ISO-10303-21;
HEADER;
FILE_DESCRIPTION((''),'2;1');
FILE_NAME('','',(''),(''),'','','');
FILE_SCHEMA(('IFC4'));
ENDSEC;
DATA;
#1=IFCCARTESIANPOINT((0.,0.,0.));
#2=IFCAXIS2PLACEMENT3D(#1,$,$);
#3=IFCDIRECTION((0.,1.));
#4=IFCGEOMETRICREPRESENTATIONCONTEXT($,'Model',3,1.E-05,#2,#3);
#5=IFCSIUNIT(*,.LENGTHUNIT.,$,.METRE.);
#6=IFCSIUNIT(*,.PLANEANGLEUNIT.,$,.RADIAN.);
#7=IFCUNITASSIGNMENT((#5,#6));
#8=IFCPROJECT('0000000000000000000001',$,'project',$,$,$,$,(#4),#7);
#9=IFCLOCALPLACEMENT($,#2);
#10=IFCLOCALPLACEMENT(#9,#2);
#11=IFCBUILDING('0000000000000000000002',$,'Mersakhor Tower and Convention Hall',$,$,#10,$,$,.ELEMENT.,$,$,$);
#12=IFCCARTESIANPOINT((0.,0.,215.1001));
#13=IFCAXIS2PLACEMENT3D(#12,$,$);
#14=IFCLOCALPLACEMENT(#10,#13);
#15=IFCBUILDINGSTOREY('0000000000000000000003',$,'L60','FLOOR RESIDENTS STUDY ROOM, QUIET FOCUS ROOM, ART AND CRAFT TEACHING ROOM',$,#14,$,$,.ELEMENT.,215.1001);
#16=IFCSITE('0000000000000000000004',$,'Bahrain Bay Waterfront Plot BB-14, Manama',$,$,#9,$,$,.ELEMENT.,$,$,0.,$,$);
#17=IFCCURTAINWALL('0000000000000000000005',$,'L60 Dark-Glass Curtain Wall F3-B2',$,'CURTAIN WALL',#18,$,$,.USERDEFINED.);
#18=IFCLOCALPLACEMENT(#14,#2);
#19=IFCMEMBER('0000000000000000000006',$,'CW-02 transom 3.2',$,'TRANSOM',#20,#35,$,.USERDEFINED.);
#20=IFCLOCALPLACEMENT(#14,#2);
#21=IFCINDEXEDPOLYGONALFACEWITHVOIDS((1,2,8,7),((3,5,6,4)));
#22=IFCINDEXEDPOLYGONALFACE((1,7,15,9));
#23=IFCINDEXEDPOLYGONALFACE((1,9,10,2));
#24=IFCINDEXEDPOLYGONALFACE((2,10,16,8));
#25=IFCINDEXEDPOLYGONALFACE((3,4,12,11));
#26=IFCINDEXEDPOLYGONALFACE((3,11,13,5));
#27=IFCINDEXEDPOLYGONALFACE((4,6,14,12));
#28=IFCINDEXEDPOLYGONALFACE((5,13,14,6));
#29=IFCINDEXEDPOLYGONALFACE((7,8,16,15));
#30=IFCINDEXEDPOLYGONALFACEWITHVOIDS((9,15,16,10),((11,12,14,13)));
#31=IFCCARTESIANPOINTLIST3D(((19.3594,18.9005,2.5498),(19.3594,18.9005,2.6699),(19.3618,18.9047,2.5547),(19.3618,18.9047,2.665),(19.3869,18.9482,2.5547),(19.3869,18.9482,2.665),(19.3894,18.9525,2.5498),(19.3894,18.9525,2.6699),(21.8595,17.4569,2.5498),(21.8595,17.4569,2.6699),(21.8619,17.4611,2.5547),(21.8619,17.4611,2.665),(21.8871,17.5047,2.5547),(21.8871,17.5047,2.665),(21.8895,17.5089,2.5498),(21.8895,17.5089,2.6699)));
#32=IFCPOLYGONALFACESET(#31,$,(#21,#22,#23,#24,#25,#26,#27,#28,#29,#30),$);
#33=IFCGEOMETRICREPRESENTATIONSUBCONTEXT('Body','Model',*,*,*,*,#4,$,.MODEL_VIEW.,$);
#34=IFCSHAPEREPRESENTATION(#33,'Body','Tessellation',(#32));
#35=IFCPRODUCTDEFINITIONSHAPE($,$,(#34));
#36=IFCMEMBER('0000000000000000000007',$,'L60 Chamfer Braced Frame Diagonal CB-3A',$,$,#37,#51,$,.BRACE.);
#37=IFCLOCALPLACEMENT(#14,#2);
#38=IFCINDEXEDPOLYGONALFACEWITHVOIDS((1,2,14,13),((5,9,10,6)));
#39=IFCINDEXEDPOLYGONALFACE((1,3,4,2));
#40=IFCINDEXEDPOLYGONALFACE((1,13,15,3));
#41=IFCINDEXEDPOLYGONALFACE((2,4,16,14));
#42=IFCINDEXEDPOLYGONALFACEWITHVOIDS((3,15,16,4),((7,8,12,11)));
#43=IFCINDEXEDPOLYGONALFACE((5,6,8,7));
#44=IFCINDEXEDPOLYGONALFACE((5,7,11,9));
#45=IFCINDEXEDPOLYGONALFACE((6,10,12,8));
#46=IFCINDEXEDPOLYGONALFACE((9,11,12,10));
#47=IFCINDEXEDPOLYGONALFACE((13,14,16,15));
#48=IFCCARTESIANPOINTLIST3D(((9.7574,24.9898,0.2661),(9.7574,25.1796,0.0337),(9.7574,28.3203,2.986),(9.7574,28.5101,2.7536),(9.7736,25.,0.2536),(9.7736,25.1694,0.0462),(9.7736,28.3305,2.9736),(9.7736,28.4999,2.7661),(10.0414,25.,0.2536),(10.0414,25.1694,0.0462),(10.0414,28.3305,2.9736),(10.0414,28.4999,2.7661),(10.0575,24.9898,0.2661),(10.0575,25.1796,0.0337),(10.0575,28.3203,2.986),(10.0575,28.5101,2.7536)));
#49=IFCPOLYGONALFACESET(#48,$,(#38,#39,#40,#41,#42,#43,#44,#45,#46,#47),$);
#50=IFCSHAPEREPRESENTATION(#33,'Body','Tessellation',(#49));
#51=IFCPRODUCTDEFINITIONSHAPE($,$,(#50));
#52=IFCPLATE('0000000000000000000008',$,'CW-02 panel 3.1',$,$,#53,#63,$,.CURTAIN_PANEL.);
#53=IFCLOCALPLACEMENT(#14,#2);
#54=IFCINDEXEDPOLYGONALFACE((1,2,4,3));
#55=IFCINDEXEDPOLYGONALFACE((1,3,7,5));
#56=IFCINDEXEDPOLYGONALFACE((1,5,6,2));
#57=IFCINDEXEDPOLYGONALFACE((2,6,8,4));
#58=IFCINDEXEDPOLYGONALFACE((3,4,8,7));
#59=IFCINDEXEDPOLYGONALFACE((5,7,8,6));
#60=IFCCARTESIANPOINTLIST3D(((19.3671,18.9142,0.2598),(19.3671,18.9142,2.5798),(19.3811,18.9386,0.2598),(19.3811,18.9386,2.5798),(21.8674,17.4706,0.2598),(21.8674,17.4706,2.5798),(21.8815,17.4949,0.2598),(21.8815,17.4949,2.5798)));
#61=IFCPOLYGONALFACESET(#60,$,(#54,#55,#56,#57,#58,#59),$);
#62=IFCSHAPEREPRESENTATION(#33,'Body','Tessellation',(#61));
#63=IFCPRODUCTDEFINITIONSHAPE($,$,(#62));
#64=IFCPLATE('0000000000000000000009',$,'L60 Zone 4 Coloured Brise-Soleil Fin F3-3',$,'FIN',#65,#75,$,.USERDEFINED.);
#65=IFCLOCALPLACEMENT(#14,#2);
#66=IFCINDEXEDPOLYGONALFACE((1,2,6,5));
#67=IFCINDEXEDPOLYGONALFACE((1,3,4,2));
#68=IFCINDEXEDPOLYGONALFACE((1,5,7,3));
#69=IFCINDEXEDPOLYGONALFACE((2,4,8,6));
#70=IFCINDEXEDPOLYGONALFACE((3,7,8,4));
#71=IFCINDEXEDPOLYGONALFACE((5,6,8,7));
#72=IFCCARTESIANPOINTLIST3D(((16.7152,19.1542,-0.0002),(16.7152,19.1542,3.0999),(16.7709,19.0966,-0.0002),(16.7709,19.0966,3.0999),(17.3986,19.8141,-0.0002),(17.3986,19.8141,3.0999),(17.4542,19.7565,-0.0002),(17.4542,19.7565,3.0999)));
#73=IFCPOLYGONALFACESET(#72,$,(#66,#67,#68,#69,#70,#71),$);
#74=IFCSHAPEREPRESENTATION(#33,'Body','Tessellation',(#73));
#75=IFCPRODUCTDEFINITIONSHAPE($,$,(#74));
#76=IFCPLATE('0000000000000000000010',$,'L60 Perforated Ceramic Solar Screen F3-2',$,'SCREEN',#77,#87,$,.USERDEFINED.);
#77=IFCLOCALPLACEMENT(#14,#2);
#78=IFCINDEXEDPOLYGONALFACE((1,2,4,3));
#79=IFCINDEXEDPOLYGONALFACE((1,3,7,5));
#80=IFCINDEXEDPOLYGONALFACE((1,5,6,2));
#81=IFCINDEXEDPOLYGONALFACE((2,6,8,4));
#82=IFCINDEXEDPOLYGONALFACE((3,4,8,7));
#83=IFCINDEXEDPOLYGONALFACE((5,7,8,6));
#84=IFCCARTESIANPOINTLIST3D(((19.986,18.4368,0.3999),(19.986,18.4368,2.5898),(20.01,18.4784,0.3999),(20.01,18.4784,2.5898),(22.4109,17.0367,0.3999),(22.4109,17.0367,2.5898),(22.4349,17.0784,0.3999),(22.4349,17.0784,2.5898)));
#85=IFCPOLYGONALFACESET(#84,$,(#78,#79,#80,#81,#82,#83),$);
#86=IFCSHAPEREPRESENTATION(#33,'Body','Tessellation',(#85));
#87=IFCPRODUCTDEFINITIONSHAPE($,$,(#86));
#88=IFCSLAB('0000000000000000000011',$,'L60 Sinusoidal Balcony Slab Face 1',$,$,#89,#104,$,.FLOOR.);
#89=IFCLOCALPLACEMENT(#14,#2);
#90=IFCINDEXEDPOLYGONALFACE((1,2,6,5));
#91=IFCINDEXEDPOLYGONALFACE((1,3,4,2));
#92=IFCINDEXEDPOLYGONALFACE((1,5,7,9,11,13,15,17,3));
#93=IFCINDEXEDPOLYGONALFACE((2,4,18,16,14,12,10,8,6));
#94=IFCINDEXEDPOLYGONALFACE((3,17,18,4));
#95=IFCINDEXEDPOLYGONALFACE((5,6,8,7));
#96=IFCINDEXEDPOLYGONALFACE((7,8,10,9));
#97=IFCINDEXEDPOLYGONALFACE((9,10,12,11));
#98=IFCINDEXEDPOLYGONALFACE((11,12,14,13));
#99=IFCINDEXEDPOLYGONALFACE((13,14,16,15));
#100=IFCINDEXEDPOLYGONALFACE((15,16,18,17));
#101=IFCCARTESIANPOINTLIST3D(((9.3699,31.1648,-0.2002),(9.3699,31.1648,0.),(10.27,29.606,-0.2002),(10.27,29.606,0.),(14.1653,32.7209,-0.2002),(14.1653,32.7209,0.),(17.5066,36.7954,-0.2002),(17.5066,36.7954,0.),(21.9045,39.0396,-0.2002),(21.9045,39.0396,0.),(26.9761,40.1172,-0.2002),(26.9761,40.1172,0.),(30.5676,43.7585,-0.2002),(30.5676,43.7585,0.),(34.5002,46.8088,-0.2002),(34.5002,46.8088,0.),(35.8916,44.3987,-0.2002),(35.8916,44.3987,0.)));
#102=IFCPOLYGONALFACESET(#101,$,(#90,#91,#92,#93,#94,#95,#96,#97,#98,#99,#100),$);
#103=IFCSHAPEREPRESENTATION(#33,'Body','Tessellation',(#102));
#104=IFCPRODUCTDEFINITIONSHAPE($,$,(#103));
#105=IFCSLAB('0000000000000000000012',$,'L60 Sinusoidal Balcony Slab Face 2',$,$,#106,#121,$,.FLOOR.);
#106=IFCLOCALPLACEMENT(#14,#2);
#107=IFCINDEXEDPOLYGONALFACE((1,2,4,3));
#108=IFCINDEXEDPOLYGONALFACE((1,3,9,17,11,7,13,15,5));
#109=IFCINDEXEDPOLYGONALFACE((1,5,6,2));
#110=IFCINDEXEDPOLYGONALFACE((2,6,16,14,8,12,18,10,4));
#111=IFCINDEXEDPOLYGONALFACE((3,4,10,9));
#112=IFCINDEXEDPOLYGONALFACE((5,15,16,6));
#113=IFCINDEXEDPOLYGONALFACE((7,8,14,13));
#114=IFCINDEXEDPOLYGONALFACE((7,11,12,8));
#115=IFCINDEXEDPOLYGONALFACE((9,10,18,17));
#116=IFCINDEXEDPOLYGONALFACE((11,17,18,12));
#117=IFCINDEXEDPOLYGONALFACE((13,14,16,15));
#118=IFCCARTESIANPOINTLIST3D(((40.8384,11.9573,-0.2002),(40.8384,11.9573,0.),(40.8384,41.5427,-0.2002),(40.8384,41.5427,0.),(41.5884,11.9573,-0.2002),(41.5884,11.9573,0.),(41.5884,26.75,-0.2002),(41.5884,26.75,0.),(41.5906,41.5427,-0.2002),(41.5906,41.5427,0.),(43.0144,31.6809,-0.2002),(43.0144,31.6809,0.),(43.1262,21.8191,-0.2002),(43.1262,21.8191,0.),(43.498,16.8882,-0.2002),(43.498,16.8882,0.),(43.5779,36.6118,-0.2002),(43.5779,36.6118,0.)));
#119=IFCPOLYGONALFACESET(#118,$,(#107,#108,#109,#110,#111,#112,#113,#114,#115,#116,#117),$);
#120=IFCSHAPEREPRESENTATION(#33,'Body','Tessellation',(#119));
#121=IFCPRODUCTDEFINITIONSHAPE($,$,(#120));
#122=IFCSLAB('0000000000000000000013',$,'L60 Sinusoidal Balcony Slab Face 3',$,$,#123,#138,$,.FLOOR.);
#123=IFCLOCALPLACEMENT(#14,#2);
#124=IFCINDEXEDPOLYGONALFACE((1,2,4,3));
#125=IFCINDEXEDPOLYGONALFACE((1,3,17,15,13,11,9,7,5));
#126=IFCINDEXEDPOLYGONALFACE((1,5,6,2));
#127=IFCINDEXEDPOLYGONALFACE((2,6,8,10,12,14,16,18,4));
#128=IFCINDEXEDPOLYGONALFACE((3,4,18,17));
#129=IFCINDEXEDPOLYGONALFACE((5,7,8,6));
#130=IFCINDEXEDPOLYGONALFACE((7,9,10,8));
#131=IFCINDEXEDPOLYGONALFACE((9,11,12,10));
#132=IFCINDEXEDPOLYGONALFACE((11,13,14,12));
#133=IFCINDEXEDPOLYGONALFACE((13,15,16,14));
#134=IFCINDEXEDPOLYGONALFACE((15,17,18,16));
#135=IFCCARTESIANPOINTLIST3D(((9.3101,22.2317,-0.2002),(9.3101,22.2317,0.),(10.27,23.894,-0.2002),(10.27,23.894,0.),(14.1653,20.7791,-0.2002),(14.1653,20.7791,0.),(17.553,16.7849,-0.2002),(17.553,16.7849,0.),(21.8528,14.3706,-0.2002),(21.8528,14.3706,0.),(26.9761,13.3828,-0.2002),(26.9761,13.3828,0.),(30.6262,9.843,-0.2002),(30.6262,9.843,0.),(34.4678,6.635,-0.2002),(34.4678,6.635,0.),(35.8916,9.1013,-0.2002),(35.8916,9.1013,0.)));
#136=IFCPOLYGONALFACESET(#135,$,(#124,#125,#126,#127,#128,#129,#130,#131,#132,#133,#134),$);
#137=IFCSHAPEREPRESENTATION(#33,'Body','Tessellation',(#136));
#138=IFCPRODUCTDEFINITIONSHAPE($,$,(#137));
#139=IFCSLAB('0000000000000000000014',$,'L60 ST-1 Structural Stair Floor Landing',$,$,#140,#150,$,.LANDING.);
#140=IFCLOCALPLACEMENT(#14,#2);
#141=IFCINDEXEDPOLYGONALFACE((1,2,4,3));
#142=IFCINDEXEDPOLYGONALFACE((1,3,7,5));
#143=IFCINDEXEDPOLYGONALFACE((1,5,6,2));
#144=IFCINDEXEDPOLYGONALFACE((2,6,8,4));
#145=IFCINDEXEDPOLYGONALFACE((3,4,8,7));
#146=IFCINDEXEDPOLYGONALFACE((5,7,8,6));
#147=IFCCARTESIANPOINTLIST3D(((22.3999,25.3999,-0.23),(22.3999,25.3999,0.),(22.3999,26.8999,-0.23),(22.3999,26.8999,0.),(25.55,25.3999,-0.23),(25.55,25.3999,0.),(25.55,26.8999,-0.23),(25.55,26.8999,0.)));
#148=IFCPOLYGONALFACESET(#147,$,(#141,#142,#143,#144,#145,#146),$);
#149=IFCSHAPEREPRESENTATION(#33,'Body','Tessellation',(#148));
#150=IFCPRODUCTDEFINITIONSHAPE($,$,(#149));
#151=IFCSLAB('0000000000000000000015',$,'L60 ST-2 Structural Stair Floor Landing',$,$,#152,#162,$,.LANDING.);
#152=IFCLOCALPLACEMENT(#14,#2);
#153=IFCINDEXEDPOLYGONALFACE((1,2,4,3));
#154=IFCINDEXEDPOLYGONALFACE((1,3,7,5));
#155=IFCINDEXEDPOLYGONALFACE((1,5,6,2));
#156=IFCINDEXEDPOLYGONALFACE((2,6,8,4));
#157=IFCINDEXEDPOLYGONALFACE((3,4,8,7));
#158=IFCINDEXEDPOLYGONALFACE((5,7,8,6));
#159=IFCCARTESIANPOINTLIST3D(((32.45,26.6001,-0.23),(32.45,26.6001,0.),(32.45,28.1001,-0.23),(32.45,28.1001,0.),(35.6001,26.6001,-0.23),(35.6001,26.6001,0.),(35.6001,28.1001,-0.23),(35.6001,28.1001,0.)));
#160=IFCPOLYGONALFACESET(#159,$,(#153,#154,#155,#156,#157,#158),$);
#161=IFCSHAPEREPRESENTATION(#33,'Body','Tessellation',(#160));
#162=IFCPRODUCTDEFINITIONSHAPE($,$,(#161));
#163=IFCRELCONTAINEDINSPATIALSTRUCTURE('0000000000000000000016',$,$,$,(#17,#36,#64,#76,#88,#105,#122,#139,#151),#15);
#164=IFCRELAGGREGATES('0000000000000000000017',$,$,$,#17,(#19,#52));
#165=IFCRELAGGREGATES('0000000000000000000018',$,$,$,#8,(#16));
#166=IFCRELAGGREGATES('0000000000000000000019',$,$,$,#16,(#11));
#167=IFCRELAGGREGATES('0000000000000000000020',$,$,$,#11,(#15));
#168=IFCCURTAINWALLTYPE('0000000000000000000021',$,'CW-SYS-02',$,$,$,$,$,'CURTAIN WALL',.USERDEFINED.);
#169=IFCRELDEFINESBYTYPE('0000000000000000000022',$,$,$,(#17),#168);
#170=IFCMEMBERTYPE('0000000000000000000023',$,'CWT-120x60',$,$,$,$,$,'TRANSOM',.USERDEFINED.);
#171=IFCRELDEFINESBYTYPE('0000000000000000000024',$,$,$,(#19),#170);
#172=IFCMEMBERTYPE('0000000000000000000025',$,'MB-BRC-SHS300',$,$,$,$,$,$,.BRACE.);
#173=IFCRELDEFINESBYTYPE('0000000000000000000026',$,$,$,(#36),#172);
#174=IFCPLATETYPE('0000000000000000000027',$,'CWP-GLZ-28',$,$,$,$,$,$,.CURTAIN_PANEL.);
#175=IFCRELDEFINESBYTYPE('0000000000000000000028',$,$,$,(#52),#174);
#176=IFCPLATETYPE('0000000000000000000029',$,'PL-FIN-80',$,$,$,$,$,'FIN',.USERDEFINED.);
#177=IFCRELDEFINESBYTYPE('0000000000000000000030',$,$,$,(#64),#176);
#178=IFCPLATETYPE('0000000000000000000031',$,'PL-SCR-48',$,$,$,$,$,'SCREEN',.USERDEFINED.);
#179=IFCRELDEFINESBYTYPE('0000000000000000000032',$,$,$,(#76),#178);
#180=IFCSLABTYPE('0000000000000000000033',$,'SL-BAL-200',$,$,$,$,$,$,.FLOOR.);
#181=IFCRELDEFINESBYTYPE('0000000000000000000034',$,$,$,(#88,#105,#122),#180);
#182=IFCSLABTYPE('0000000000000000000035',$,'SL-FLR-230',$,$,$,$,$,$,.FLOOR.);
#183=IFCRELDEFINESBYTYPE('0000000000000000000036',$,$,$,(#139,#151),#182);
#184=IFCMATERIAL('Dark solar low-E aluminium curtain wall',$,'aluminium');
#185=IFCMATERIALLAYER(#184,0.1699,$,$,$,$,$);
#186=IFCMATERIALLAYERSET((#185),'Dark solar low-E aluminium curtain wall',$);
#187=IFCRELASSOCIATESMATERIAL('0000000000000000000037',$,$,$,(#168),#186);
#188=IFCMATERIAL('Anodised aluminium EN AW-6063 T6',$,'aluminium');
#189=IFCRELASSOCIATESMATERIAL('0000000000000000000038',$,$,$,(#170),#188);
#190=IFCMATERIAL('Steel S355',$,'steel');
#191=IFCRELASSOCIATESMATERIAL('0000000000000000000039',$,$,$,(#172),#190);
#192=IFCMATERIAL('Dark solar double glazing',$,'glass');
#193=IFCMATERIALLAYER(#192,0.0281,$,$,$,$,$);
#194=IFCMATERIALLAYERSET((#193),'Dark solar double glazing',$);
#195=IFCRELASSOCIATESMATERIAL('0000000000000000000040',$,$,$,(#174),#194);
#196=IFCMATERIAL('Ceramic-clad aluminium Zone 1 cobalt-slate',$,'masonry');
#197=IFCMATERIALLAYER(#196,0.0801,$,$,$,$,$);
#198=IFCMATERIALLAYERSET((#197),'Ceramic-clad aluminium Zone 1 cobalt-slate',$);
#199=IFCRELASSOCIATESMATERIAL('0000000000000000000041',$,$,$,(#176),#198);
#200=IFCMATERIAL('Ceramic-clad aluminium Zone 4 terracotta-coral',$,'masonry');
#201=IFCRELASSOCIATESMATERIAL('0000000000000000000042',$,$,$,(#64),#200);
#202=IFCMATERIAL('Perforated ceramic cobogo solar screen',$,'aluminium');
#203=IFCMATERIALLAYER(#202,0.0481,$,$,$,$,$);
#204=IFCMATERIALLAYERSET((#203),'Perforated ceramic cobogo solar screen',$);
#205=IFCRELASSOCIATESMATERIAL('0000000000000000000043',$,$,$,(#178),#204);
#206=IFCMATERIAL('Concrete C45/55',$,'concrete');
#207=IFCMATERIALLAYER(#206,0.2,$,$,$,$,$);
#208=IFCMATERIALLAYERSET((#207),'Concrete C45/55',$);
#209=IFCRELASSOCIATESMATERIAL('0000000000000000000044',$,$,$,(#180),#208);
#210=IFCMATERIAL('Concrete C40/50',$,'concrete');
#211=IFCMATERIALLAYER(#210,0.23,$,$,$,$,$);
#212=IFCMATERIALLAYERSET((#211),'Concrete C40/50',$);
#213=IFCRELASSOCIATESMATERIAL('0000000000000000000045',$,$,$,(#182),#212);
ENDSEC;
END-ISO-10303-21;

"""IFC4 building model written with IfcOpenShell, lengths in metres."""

from ifc_helpers import new_model, si_unit, direction, frame, origin, origin_2d, place, context, subcontext, project, spatial, polyline, rectangle, hollow_rectangle, outline, extrude, material, layer, layer_set, material_profile, profile_set, type_object, element, aggregate, save


model = new_model("IFC4")

# Units and contexts
model_context = context("Model", 3, precision=1e-05, world=origin(), true_north=direction((0.0, 1.0)))
body_context = subcontext(model_context, "Body", "Model", "MODEL_VIEW")
ifc_project = project(units=[si_unit("LENGTHUNIT", "METRE"), si_unit("PLANEANGLEUNIT", "RADIAN")], contexts=[model_context])

# Site, building, storey
site_placement = place(None, origin())
site = spatial("IfcSite", under=ifc_project, at=site_placement, Name="Bahrain Bay Waterfront Plot BB-14, Manama", CompositionType="ELEMENT", RefElevation=0.0)
building_placement = place(site_placement, origin())
building = spatial("IfcBuilding", under=site, at=building_placement, Name="Mersakhor Tower and Convention Hall", CompositionType="ELEMENT")
storey_placement = place(building_placement, frame((0.0, 0.0, 215.1001)))
storey = spatial("IfcBuildingStorey", under=building, at=storey_placement, Name="L60", Description="FLOOR RESIDENTS STUDY ROOM, QUIET FOCUS ROOM, ART AND CRAFT TEACHING ROOM", CompositionType="ELEMENT", Elevation=215.1001)

# Curtain wall, member
ifc_material_1 = material(Name="Dark solar low-E aluminium curtain wall", Category="aluminium")
ifc_layer_1 = layer(ifc_material_1, 0.1699)
ifc_layer_set_1 = layer_set([ifc_layer_1], Name="Dark solar low-E aluminium curtain wall")
curtain_wall_type = type_object("IfcCurtainWallType", Name="CW-SYS-02", ElementType="CURTAIN WALL", PredefinedType="USERDEFINED", material=ifc_layer_set_1)
curtain_wall_placement = place(storey_placement, origin())
curtain_wall = element("IfcCurtainWall", 1, at=curtain_wall_placement, inside=storey, type_object=curtain_wall_type, Name="L60 Dark-Glass Curtain Wall F3-B2", ObjectType="CURTAIN WALL", PredefinedType="USERDEFINED")
ifc_material_2 = material(Name="Anodised aluminium EN AW-6063 T6", Category="aluminium")
ifc_material_profile_1 = material_profile(ifc_material_2, hollow_rectangle(XDim=0.0601, YDim=0.1201, WallThickness=0.0049, at=origin_2d()), Name="RHS 120x60x5")
ifc_profile_set_1 = profile_set([ifc_material_profile_1], Name="Anodised aluminium EN AW-6063 T6")
member_type_1 = type_object("IfcMemberType", Name="CWT-120x60", ElementType="TRANSOM", PredefinedType="USERDEFINED", material=ifc_profile_set_1)
member_1_placement = place(storey_placement, frame((21.8745, 17.4829, 2.6099), z_axis=(-0.866012, 0.500023, 0.0), x_axis=(-0.500023, -0.866012, 0.0)))
member_1 = element("IfcMember", 2, at=member_1_placement, type_object=member_type_1, Name="CW-02 transom 3.2", ObjectType="TRANSOM", PredefinedType="USERDEFINED", context=body_context, shape_type="SweptSolid", body=[
    extrude(hollow_rectangle(XDim=0.0601, YDim=0.1201, WallThickness=0.0049, at=origin_2d()), origin(), (0.0, 0.0, 1.0), 2.887),
])

# Member
ifc_material_3 = material(Name="Steel S355", Category="steel")
ifc_material_profile_2 = material_profile(ifc_material_3, hollow_rectangle(XDim=0.3, YDim=0.3, WallThickness=0.0161, at=origin_2d()), Name="SHS 300x300x16")
ifc_profile_set_2 = profile_set([ifc_material_profile_2], Name="Steel S355")
member_type_2 = type_object("IfcMemberType", Name="MB-BRC-SHS300", PredefinedType="BRACE", material=ifc_profile_set_2)
member_2_placement = place(storey_placement, frame((9.9075, 25.0847, 0.1499), z_axis=(0.0, 0.774531, 0.632536), x_axis=(-1.0, 0.0, 0.0)))
element("IfcMember", 3, at=member_2_placement, inside=storey, type_object=member_type_2, Name="L60 Chamfer Braced Frame Diagonal CB-3A", PredefinedType="BRACE", context=body_context, shape_type="SweptSolid", body=[
    extrude(hollow_rectangle(XDim=0.3, YDim=0.3, WallThickness=0.0161, at=origin_2d()), origin(), (0.0, 0.0, 1.0), 4.3),
])

# Plate
ifc_material_4 = material(Name="Dark solar double glazing", Category="glass")
ifc_layer_2 = layer(ifc_material_4, 0.0281)
ifc_layer_set_2 = layer_set([ifc_layer_2], Name="Dark solar double glazing")
plate_type_1 = type_object("IfcPlateType", Name="CWP-GLZ-28", PredefinedType="CURTAIN_PANEL", material=ifc_layer_set_2)
plate_1_placement = place(storey_placement, frame((20.6243, 18.2046, 0.2598), z_axis=(0.0, 0.0, 1.0), x_axis=(-0.866021, 0.500008, 0.0)))
plate_1 = element("IfcPlate", 4, at=plate_1_placement, type_object=plate_type_1, Name="CW-02 panel 3.1", PredefinedType="CURTAIN_PANEL", context=body_context, shape_type="SweptSolid", body=[
    extrude(rectangle(XDim=2.8872, YDim=0.0281, at=origin_2d()), origin(), (0.0, 0.0, 1.0), 2.3201),
])
aggregate(curtain_wall, [member_1, plate_1])

# Plates
ifc_material_5 = material(Name="Ceramic-clad aluminium Zone 4 terracotta-coral", Category="masonry")
ifc_material_6 = material(Name="Ceramic-clad aluminium Zone 1 cobalt-slate", Category="masonry")
ifc_layer_3 = layer(ifc_material_6, 0.0801)
ifc_layer_set_3 = layer_set([ifc_layer_3], Name="Ceramic-clad aluminium Zone 1 cobalt-slate")
plate_type_2 = type_object("IfcPlateType", Name="PL-FIN-80", ElementType="FIN", PredefinedType="USERDEFINED", material=ifc_layer_set_3)
plate_2_placement = place(storey_placement, frame((17.0847, 19.4553, -0.0002), z_axis=(0.0, 0.0, 1.0), x_axis=(-0.71934, -0.694658, 0.0)))
element("IfcPlate", 5, at=plate_2_placement, inside=storey, type_object=plate_type_2, material=ifc_material_5, Name="L60 Zone 4 Coloured Brise-Soleil Fin F3-3", ObjectType="FIN", PredefinedType="USERDEFINED", context=body_context, shape_type="SweptSolid", body=[
    extrude(rectangle(XDim=0.95, YDim=0.0801, at=origin_2d()), origin(), (0.0, 0.0, 1.0), 3.1001),
])
ifc_material_7 = material(Name="Perforated ceramic cobogo solar screen", Category="aluminium")
ifc_layer_4 = layer(ifc_material_7, 0.0481)
ifc_layer_set_4 = layer_set([ifc_layer_4], Name="Perforated ceramic cobogo solar screen")
plate_type_3 = type_object("IfcPlateType", Name="PL-SCR-48", ElementType="SCREEN", PredefinedType="USERDEFINED", material=ifc_layer_set_4)
plate_3_placement = place(storey_placement, frame((21.2104, 17.7576, 0.3999), z_axis=(0.0, 0.0, 1.0), x_axis=(-0.866025, 0.5, 0.0)))
element("IfcPlate", 6, at=plate_3_placement, inside=storey, type_object=plate_type_3, Name="L60 Perforated Ceramic Solar Screen F3-2", ObjectType="SCREEN", PredefinedType="USERDEFINED", context=body_context, shape_type="SweptSolid", body=[
    extrude(rectangle(XDim=2.8, YDim=0.0481, at=origin_2d()), origin(), (0.0, 0.0, 1.0), 2.1899),
])

# Slabs
ifc_material_8 = material(Name="Concrete C45/55", Category="concrete")
ifc_layer_5 = layer(ifc_material_8, 0.2)
ifc_layer_set_5 = layer_set([ifc_layer_5], Name="Concrete C45/55")
slab_type_1 = type_object("IfcSlabType", Name="SL-BAL-200", PredefinedType="FLOOR", material=ifc_layer_set_5)
slab_1_placement = place(storey_placement, frame((0.0, 0.0, -0.2002)))
element("IfcSlab", 7, at=slab_1_placement, inside=storey, type_object=slab_type_1, Name="L60 Sinusoidal Balcony Slab Face 1", PredefinedType="FLOOR", context=body_context, shape_type="SweptSolid", body=[
    extrude(outline(polyline([(10.27, 29.606), (35.8916, 44.3987), (34.5002, 46.8088), (30.5676, 43.7585), (26.9761, 40.1172), (21.9045, 39.0396), (17.5066, 36.7954), (14.1653, 32.7209), (9.3699, 31.1648), (10.27, 29.606)])), origin(), (0.0, 0.0, 1.0), 0.2002),
])
slab_2_placement = place(storey_placement, frame((0.0, 0.0, -0.2002)))
element("IfcSlab", 8, at=slab_2_placement, inside=storey, type_object=slab_type_1, Name="L60 Sinusoidal Balcony Slab Face 2", PredefinedType="FLOOR", context=body_context, shape_type="SweptSolid", body=[
    extrude(outline(polyline([(40.8384, 41.5427), (40.8384, 11.9573), (41.5884, 11.9573), (43.498, 16.8882), (43.1262, 21.8191), (41.5884, 26.75), (43.0144, 31.6809), (43.5779, 36.6118), (41.5906, 41.5427), (40.8384, 41.5427)])), origin(), (0.0, 0.0, 1.0), 0.2002),
])
slab_3_placement = place(storey_placement, frame((0.0, 0.0, -0.2002)))
element("IfcSlab", 9, at=slab_3_placement, inside=storey, type_object=slab_type_1, Name="L60 Sinusoidal Balcony Slab Face 3", PredefinedType="FLOOR", context=body_context, shape_type="SweptSolid", body=[
    extrude(outline(polyline([(35.8916, 9.1013), (10.27, 23.894), (9.3101, 22.2317), (14.1653, 20.7791), (17.553, 16.7849), (21.8528, 14.3706), (26.9761, 13.3828), (30.6262, 9.843), (34.4678, 6.635), (35.8916, 9.1013)])), origin(), (0.0, 0.0, 1.0), 0.2002),
])
ifc_material_9 = material(Name="Concrete C40/50", Category="concrete")
ifc_layer_6 = layer(ifc_material_9, 0.23)
ifc_layer_set_6 = layer_set([ifc_layer_6], Name="Concrete C40/50")
slab_type_2 = type_object("IfcSlabType", Name="SL-FLR-230", PredefinedType="FLOOR", material=ifc_layer_set_6)
slab_4_placement = place(storey_placement, frame((0.0, 0.0, -0.23)))
element("IfcSlab", 10, at=slab_4_placement, inside=storey, type_object=slab_type_2, Name="L60 ST-1 Structural Stair Floor Landing", PredefinedType="LANDING", context=body_context, shape_type="SweptSolid", body=[
    extrude(outline(polyline([(25.55, 25.3999), (25.55, 26.8999), (22.3999, 26.8999), (22.3999, 25.3999), (25.55, 25.3999)])), origin(), (0.0, 0.0, 1.0), 0.23),
])
slab_5_placement = place(storey_placement, frame((0.0, 0.0, -0.23)))
element("IfcSlab", 11, at=slab_5_placement, inside=storey, type_object=slab_type_2, Name="L60 ST-2 Structural Stair Floor Landing", PredefinedType="LANDING", context=body_context, shape_type="SweptSolid", body=[
    extrude(outline(polyline([(32.45, 28.1001), (32.45, 26.6001), (35.6001, 26.6001), (35.6001, 28.1001), (32.45, 28.1001)])), origin(), (0.0, 0.0, 1.0), 0.23),
])

save(model, "model.ifc")
